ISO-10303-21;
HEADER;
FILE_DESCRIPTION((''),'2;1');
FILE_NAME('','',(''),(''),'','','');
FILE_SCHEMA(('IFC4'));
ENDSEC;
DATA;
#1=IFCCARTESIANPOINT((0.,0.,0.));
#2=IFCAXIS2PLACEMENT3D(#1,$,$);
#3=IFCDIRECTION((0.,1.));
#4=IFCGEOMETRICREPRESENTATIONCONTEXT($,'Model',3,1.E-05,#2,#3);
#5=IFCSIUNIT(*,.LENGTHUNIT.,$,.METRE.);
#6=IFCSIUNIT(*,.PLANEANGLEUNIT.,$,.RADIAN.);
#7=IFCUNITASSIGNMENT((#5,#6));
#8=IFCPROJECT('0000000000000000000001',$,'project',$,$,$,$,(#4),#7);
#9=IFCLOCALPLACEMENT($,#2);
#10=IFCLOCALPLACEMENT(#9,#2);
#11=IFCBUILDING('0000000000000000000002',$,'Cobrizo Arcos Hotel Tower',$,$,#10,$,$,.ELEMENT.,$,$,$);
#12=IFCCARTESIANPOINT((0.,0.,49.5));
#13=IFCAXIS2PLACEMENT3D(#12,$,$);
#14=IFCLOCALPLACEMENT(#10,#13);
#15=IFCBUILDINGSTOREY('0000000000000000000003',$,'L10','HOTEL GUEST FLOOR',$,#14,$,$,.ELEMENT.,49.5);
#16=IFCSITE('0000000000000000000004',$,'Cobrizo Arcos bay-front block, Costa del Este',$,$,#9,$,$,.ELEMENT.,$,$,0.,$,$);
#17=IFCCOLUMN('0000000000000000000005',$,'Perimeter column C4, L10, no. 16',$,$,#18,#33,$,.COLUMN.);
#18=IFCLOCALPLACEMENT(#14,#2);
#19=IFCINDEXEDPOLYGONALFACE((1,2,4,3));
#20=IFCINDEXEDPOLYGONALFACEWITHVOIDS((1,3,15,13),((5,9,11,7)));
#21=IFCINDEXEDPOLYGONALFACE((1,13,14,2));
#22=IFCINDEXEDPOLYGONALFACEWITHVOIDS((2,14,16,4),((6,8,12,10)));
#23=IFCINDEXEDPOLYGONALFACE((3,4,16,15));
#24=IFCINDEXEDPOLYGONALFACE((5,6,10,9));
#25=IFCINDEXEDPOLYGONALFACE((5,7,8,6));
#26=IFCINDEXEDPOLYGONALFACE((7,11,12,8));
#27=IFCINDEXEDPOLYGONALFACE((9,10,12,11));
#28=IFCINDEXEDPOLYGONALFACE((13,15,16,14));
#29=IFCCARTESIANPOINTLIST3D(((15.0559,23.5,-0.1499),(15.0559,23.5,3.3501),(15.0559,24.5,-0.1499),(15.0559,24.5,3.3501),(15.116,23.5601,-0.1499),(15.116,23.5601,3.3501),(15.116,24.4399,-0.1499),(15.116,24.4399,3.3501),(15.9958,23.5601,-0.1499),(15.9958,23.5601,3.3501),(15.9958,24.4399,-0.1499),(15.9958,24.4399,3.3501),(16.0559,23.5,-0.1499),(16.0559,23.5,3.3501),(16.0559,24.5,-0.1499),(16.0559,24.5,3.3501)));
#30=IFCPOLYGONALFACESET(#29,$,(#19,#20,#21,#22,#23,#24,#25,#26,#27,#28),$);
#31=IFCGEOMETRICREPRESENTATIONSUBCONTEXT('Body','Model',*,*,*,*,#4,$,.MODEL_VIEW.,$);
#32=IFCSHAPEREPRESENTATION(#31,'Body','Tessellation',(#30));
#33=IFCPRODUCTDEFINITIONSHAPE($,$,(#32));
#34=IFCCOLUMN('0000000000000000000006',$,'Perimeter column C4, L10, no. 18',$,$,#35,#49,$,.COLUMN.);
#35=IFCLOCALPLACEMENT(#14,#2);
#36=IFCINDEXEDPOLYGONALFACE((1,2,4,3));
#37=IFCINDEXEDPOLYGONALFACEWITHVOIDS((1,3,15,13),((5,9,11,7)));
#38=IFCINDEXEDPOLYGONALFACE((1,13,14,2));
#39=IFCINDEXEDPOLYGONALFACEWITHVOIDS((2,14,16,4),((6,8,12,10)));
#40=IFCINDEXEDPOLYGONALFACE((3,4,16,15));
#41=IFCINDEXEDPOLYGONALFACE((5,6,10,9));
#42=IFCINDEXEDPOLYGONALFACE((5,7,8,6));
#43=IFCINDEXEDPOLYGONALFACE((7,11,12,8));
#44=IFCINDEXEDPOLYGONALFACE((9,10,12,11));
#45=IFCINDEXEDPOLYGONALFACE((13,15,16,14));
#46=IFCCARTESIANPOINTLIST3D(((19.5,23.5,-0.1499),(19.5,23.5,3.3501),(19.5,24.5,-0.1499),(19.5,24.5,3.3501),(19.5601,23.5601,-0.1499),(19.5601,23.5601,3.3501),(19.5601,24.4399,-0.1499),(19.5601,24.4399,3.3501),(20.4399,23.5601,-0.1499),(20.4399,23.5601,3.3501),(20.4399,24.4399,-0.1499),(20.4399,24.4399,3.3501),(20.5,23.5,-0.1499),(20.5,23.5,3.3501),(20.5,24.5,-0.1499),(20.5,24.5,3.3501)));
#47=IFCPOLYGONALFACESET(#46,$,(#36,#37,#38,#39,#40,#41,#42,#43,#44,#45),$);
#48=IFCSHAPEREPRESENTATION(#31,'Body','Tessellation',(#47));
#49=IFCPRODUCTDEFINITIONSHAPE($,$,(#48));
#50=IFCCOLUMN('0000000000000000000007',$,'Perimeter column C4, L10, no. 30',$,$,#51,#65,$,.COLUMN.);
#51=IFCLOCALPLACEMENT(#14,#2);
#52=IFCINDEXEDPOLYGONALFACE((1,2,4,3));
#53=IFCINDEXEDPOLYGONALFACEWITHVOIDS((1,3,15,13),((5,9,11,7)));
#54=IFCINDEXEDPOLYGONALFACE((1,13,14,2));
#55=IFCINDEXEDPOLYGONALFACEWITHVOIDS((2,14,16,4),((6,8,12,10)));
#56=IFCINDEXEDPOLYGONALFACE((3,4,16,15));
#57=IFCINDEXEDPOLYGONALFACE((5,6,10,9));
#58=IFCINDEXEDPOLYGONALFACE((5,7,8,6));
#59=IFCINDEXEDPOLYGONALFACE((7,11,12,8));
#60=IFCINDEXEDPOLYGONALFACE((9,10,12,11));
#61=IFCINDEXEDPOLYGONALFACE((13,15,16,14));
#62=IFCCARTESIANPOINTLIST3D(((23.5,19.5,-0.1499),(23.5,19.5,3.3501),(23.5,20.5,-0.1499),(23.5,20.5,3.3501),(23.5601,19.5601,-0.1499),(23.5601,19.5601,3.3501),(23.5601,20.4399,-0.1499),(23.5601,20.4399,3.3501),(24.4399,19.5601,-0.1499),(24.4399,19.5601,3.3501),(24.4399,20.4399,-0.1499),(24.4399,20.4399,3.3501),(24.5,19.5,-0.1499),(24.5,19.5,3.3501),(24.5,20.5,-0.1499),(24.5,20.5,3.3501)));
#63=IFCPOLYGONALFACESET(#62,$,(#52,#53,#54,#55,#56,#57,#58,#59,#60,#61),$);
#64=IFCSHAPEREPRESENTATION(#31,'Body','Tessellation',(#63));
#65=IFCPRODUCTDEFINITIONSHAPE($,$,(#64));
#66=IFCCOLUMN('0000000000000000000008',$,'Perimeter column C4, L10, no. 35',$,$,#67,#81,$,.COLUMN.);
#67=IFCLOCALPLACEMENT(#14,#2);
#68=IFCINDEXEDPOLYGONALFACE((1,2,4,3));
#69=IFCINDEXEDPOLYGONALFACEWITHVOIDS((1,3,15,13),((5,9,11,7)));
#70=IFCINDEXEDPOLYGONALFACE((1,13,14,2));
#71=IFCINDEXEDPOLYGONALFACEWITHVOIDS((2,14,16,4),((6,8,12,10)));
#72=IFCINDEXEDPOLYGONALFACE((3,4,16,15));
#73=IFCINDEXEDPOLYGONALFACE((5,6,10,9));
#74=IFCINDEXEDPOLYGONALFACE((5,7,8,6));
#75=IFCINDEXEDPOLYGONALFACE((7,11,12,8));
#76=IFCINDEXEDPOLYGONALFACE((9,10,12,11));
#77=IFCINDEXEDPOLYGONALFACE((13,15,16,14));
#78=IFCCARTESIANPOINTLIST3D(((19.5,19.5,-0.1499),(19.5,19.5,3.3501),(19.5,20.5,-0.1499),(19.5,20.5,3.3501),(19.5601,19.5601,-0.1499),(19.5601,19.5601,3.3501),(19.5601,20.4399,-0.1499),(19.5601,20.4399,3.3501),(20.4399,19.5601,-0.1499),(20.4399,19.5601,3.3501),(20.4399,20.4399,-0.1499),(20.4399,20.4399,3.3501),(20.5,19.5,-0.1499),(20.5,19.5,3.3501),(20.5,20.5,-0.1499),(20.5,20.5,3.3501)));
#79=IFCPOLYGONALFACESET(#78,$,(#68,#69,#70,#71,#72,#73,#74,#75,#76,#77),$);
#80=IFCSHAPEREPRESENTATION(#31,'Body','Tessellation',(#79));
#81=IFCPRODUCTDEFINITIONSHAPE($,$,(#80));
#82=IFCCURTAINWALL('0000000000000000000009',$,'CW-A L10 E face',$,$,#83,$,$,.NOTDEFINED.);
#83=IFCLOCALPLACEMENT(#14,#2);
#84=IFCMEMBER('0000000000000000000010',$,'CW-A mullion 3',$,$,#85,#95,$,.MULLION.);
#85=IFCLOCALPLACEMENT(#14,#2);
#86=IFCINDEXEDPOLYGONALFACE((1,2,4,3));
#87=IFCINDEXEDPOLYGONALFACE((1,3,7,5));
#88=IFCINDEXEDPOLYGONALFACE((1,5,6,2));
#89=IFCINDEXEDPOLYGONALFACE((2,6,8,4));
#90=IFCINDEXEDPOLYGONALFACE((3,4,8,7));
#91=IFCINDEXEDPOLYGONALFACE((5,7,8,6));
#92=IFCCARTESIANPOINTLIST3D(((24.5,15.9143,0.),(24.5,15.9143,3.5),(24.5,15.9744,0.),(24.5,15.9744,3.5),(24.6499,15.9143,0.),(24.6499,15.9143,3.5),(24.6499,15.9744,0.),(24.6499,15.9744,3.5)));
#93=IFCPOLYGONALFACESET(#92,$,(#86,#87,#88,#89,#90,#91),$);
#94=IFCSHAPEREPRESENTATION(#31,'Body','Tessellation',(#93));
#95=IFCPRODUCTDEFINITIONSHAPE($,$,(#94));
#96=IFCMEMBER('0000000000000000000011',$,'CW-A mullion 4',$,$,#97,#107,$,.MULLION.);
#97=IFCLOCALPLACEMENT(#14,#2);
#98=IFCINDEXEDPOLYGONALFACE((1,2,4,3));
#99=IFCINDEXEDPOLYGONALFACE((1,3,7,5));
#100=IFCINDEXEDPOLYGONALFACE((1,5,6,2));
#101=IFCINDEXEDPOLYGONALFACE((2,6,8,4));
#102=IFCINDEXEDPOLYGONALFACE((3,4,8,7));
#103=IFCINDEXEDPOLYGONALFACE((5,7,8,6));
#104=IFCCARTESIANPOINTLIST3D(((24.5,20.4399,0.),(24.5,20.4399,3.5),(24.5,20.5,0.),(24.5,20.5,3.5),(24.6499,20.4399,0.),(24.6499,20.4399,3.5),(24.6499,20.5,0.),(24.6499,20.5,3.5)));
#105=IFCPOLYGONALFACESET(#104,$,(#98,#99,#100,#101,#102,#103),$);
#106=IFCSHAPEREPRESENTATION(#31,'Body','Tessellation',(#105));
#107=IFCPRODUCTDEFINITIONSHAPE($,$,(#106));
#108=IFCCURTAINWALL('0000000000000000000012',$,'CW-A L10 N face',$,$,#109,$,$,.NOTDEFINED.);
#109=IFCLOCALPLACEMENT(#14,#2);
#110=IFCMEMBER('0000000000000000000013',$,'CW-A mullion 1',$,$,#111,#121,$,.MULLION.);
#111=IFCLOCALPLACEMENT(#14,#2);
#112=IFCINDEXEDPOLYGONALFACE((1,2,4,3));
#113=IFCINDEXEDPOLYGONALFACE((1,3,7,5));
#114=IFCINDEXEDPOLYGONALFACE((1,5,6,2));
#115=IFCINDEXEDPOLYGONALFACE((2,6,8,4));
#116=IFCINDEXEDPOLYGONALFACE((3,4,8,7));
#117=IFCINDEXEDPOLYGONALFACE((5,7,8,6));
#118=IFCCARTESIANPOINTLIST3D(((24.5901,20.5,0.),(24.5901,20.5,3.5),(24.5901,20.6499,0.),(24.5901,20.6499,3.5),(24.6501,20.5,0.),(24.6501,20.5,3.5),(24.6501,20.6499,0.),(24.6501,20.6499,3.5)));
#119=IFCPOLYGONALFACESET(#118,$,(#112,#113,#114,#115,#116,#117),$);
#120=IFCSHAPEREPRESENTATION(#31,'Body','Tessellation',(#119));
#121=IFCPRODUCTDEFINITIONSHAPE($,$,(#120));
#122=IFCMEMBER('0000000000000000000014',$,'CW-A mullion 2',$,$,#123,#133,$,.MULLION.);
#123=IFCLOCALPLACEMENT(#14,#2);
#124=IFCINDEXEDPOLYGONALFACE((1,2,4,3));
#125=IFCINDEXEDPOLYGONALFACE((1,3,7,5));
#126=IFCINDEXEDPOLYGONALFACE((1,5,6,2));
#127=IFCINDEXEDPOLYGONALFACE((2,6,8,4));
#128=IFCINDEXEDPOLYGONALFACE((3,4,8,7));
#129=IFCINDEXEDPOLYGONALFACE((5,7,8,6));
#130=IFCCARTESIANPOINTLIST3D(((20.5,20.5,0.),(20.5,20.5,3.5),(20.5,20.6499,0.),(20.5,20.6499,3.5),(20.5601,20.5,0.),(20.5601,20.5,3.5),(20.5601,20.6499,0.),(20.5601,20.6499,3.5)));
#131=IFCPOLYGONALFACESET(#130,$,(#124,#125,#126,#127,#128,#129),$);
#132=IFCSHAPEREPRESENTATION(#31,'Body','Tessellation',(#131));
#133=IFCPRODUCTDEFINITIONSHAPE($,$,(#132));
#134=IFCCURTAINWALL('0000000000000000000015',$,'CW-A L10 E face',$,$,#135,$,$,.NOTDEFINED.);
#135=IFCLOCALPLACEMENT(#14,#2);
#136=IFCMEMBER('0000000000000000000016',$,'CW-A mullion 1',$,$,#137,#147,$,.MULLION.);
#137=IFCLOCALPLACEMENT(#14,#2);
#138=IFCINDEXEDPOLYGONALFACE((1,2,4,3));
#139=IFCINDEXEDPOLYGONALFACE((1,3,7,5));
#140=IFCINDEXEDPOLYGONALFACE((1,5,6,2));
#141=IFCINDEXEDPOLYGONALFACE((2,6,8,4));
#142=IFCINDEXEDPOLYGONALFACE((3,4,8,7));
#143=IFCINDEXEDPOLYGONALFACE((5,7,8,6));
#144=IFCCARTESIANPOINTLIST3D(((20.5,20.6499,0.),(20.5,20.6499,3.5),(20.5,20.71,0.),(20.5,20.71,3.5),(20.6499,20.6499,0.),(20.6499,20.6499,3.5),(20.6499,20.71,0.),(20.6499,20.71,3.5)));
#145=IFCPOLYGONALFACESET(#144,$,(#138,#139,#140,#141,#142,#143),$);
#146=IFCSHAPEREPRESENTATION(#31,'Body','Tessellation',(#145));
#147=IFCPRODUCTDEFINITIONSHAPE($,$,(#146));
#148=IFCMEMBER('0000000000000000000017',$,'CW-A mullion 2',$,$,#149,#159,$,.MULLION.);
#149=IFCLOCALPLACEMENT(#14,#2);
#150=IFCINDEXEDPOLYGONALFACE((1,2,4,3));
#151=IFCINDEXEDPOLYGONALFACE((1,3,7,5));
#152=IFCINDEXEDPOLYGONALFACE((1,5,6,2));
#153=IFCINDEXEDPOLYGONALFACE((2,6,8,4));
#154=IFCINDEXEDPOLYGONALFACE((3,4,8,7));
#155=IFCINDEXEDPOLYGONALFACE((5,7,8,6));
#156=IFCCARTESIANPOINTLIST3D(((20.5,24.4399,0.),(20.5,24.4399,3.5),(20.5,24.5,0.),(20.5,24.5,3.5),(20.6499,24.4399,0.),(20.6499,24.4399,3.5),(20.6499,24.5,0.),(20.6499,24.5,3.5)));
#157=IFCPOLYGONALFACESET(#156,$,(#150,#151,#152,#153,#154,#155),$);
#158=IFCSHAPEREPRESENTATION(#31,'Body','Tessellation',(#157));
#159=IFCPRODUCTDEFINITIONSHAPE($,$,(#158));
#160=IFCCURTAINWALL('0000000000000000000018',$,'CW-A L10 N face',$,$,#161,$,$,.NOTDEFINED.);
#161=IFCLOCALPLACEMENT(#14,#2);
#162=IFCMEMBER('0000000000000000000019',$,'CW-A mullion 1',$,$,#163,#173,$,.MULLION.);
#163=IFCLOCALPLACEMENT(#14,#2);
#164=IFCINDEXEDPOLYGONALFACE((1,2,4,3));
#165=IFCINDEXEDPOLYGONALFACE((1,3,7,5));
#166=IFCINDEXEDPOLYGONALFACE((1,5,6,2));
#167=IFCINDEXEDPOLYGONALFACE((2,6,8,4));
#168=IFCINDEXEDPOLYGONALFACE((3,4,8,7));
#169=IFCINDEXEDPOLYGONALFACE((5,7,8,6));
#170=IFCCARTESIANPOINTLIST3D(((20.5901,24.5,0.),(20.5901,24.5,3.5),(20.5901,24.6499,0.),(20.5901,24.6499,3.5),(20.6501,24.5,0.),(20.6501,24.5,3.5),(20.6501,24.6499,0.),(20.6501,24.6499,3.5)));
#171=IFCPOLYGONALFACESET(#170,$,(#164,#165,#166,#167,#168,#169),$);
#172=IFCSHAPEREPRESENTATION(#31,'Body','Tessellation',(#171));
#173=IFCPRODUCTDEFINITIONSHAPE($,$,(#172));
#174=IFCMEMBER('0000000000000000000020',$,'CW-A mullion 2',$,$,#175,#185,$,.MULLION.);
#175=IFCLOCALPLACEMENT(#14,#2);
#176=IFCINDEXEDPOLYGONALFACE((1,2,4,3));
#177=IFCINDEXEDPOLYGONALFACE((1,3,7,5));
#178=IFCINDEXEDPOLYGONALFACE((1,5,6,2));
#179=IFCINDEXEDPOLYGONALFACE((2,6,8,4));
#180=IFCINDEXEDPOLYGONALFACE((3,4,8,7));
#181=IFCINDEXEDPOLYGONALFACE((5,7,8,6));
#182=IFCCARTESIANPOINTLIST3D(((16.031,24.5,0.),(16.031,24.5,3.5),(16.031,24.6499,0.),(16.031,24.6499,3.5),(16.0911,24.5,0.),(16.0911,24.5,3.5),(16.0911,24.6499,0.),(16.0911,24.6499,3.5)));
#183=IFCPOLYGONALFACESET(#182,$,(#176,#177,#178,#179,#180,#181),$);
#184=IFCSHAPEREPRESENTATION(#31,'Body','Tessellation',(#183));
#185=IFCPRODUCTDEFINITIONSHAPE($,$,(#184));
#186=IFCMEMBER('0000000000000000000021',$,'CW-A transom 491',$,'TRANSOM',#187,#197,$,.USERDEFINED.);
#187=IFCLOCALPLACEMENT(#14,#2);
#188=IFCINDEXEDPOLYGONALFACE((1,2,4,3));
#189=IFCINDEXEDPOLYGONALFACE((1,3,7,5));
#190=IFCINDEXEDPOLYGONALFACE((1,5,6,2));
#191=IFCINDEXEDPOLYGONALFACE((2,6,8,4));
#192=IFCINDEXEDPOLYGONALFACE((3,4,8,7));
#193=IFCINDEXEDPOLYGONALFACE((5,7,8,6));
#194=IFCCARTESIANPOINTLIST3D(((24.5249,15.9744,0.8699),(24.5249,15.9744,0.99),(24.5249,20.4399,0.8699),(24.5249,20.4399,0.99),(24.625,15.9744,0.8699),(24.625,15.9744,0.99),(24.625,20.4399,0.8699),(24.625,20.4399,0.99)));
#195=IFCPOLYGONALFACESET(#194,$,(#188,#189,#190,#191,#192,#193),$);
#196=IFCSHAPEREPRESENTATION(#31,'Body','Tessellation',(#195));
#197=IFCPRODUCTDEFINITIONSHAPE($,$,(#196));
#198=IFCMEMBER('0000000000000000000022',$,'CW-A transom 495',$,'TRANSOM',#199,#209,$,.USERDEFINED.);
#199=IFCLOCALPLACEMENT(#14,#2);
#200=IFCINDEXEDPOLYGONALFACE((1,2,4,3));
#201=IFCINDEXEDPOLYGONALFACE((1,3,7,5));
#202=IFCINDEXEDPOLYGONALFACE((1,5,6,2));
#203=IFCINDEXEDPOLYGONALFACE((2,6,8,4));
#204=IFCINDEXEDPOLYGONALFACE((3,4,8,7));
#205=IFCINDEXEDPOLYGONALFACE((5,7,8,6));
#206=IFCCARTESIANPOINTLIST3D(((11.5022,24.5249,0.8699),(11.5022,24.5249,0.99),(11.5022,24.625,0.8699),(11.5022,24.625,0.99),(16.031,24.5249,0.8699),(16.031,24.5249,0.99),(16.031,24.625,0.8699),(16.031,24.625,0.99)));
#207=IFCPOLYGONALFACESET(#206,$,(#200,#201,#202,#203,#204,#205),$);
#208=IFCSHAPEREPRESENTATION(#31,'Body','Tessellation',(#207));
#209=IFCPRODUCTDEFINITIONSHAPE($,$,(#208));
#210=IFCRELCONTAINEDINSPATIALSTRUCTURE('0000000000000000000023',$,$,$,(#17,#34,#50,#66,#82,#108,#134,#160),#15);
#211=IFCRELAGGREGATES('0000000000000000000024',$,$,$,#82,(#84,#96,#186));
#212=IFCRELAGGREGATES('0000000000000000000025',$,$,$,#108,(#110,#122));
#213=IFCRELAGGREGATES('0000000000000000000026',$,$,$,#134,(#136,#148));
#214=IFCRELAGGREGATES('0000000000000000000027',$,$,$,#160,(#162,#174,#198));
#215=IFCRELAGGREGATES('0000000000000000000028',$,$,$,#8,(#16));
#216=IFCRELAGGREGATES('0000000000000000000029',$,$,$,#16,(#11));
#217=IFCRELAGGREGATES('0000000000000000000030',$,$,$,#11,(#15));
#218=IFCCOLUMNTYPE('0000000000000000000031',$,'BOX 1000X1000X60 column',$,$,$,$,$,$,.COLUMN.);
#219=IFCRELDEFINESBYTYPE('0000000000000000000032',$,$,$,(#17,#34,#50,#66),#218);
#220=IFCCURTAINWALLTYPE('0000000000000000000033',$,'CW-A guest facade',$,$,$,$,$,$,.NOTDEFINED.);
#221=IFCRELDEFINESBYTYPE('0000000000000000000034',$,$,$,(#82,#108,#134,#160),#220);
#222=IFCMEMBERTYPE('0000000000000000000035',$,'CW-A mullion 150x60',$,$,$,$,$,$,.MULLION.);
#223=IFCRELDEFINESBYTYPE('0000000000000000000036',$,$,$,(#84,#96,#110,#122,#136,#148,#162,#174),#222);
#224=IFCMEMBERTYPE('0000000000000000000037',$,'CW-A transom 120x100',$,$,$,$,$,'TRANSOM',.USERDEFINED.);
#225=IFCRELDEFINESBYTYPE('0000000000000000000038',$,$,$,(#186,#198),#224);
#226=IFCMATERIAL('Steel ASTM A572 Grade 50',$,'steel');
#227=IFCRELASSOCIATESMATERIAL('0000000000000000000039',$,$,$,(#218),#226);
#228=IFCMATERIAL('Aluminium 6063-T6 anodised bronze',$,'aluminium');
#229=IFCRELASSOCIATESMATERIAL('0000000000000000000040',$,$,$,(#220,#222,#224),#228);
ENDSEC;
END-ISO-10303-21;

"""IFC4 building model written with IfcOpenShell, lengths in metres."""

from ifc_helpers import new_model, si_unit, direction, frame, origin, origin_2d, place, context, subcontext, project, spatial, rectangle, hollow_rectangle, extrude, material, material_profile, profile_set, type_object, element, aggregate, save


model = new_model("IFC4")

# Units and contexts
model_context = context("Model", 3, precision=1e-05, world=origin(), true_north=direction((0.0, 1.0)))
body_context = subcontext(model_context, "Body", "Model", "MODEL_VIEW")
ifc_project = project(units=[si_unit("LENGTHUNIT", "METRE"), si_unit("PLANEANGLEUNIT", "RADIAN")], contexts=[model_context])

# Site, building, storey
site_placement = place(None, origin())
site = spatial("IfcSite", under=ifc_project, at=site_placement, Name="Cobrizo Arcos bay-front block, Costa del Este", CompositionType="ELEMENT", RefElevation=0.0)
building_placement = place(site_placement, origin())
building = spatial("IfcBuilding", under=site, at=building_placement, Name="Cobrizo Arcos Hotel Tower", CompositionType="ELEMENT")
storey_placement = place(building_placement, frame((0.0, 0.0, 49.5)))
storey = spatial("IfcBuildingStorey", under=building, at=storey_placement, Name="L10", Description="HOTEL GUEST FLOOR", CompositionType="ELEMENT", Elevation=49.5)

# Columns
ifc_material_1 = material(Name="Steel ASTM A572 Grade 50", Category="steel")
ifc_material_profile_1 = material_profile(ifc_material_1, hollow_rectangle(XDim=1.0, YDim=1.0, WallThickness=0.0601, at=origin_2d()), Name="BOX 1000X1000X60")
ifc_profile_set_1 = profile_set([ifc_material_profile_1], Name="Steel ASTM A572 Grade 50")
column_type = type_object("IfcColumnType", Name="BOX 1000X1000X60 column", PredefinedType="COLUMN", material=ifc_profile_set_1)
for number, where, z_axis, x_axis, name in (
    (1, (15.5559, 24.0, -0.1499), (0.0, 0.0, 1.0), (1.0, 0.0, 0.0), "Perimeter column C4, L10, no. 16"),
    (2, (20.0, 24.0, -0.1499), (0.0, 0.0, 1.0), (1.0, 0.0, 0.0), "Perimeter column C4, L10, no. 18"),
    (3, (24.0, 20.0, -0.1499), (0.0, 0.0, 1.0), (1.0, 0.0, 0.0), "Perimeter column C4, L10, no. 30"),
    (4, (20.0, 20.0, -0.1499), (0.0, 0.0, 1.0), (1.0, 0.0, 0.0), "Perimeter column C4, L10, no. 35"),
):
    element("IfcColumn", number, at=place(storey_placement, frame(where, z_axis=z_axis, x_axis=x_axis)), inside=storey, type_object=column_type, Name=name, PredefinedType="COLUMN", context=body_context, shape_type="SweptSolid", body=[
        extrude(hollow_rectangle(XDim=1.0, YDim=1.0, WallThickness=0.0601, at=origin_2d()), origin(), (0.0, 0.0, 1.0), 3.5),
    ])

# Curtain walls, members
ifc_material_2 = material(Name="Aluminium 6063-T6 anodised bronze", Category="aluminium")
curtain_wall_type = type_object("IfcCurtainWallType", Name="CW-A guest facade", PredefinedType="NOTDEFINED", material=ifc_material_2)
curtain_wall_1_placement = place(storey_placement, origin())
curtain_wall_1 = element("IfcCurtainWall", 5, at=curtain_wall_1_placement, inside=storey, type_object=curtain_wall_type, Name="CW-A L10 E face", PredefinedType="NOTDEFINED")
ifc_material_profile_2 = material_profile(ifc_material_2, rectangle(XDim=0.1499, YDim=0.0601, at=origin_2d()), Name="CW-A mullion 150x60")
ifc_profile_set_2 = profile_set([ifc_material_profile_2], Name="Aluminium 6063-T6 anodised bronze")
member_type_1 = type_object("IfcMemberType", Name="CW-A mullion 150x60", PredefinedType="MULLION", material=ifc_profile_set_2)
member_1_placement = place(storey_placement, frame((24.575, 15.9443, 0.0), z_axis=(0.0, 0.0, 1.0), x_axis=(1.0, 0.0, 0.0)))
member_1 = element("IfcMember", 6, at=member_1_placement, type_object=member_type_1, Name="CW-A mullion 3", PredefinedType="MULLION", context=body_context, shape_type="SweptSolid", body=[
    extrude(rectangle(XDim=0.1499, YDim=0.0601, at=origin_2d()), origin(), (0.0, 0.0, 1.0), 3.5),
])
member_2_placement = place(storey_placement, frame((24.575, 20.47, 0.0), z_axis=(0.0, 0.0, 1.0), x_axis=(1.0, 0.0, 0.0)))
member_2 = element("IfcMember", 7, at=member_2_placement, type_object=member_type_1, Name="CW-A mullion 4", PredefinedType="MULLION", context=body_context, shape_type="SweptSolid", body=[
    extrude(rectangle(XDim=0.1499, YDim=0.0601, at=origin_2d()), origin(), (0.0, 0.0, 1.0), 3.5),
])
curtain_wall_2_placement = place(storey_placement, origin())
curtain_wall_2 = element("IfcCurtainWall", 8, at=curtain_wall_2_placement, inside=storey, type_object=curtain_wall_type, Name="CW-A L10 N face", PredefinedType="NOTDEFINED")
member_3_placement = place(storey_placement, frame((24.6201, 20.575, 0.0), z_axis=(0.0, 0.0, 1.0), x_axis=(0.0, 1.0, 0.0)))
member_3 = element("IfcMember", 9, at=member_3_placement, type_object=member_type_1, Name="CW-A mullion 1", PredefinedType="MULLION", context=body_context, shape_type="SweptSolid", body=[
    extrude(rectangle(XDim=0.1499, YDim=0.0601, at=origin_2d()), origin(), (0.0, 0.0, 1.0), 3.5),
])
member_4_placement = place(storey_placement, frame((20.53, 20.575, 0.0), z_axis=(0.0, 0.0, 1.0), x_axis=(0.0, 1.0, 0.0)))
member_4 = element("IfcMember", 10, at=member_4_placement, type_object=member_type_1, Name="CW-A mullion 2", PredefinedType="MULLION", context=body_context, shape_type="SweptSolid", body=[
    extrude(rectangle(XDim=0.1499, YDim=0.0601, at=origin_2d()), origin(), (0.0, 0.0, 1.0), 3.5),
])
curtain_wall_3_placement = place(storey_placement, origin())
curtain_wall_3 = element("IfcCurtainWall", 11, at=curtain_wall_3_placement, inside=storey, type_object=curtain_wall_type, Name="CW-A L10 E face", PredefinedType="NOTDEFINED")
member_5_placement = place(storey_placement, frame((20.575, 20.6799, 0.0), z_axis=(0.0, 0.0, 1.0), x_axis=(1.0, 0.0, 0.0)))
member_5 = element("IfcMember", 12, at=member_5_placement, type_object=member_type_1, Name="CW-A mullion 1", PredefinedType="MULLION", context=body_context, shape_type="SweptSolid", body=[
    extrude(rectangle(XDim=0.1499, YDim=0.0601, at=origin_2d()), origin(), (0.0, 0.0, 1.0), 3.5),
])
member_6_placement = place(storey_placement, frame((20.575, 24.47, 0.0), z_axis=(0.0, 0.0, 1.0), x_axis=(1.0, 0.0, 0.0)))
member_6 = element("IfcMember", 13, at=member_6_placement, type_object=member_type_1, Name="CW-A mullion 2", PredefinedType="MULLION", context=body_context, shape_type="SweptSolid", body=[
    extrude(rectangle(XDim=0.1499, YDim=0.0601, at=origin_2d()), origin(), (0.0, 0.0, 1.0), 3.5),
])
curtain_wall_4_placement = place(storey_placement, origin())
curtain_wall_4 = element("IfcCurtainWall", 14, at=curtain_wall_4_placement, inside=storey, type_object=curtain_wall_type, Name="CW-A L10 N face", PredefinedType="NOTDEFINED")
member_7_placement = place(storey_placement, frame((20.6201, 24.575, 0.0), z_axis=(0.0, 0.0, 1.0), x_axis=(0.0, 1.0, 0.0)))
member_7 = element("IfcMember", 15, at=member_7_placement, type_object=member_type_1, Name="CW-A mullion 1", PredefinedType="MULLION", context=body_context, shape_type="SweptSolid", body=[
    extrude(rectangle(XDim=0.1499, YDim=0.0601, at=origin_2d()), origin(), (0.0, 0.0, 1.0), 3.5),
])
member_8_placement = place(storey_placement, frame((16.061, 24.575, 0.0), z_axis=(0.0, 0.0, 1.0), x_axis=(0.0, 1.0, 0.0)))
member_8 = element("IfcMember", 16, at=member_8_placement, type_object=member_type_1, Name="CW-A mullion 2", PredefinedType="MULLION", context=body_context, shape_type="SweptSolid", body=[
    extrude(rectangle(XDim=0.1499, YDim=0.0601, at=origin_2d()), origin(), (0.0, 0.0, 1.0), 3.5),
])

# Members
ifc_material_profile_3 = material_profile(ifc_material_2, rectangle(XDim=0.1001, YDim=0.1201, at=origin_2d()), Name="CW-A transom 120x100")
ifc_profile_set_3 = profile_set([ifc_material_profile_3], Name="Aluminium 6063-T6 anodised bronze")
member_type_2 = type_object("IfcMemberType", Name="CW-A transom 120x100", ElementType="TRANSOM", PredefinedType="USERDEFINED", material=ifc_profile_set_3)
member_9_placement = place(storey_placement, frame((24.575, 15.9744, 0.9299), z_axis=(0.0, 1.0, 0.0), x_axis=(-1.0, 0.0, 0.0)))
member_9 = element("IfcMember", 17, at=member_9_placement, type_object=member_type_2, Name="CW-A transom 491", ObjectType="TRANSOM", PredefinedType="USERDEFINED", context=body_context, shape_type="SweptSolid", body=[
    extrude(rectangle(XDim=0.1001, YDim=0.1201, at=origin_2d()), origin(), (0.0, 0.0, 1.0), 4.4656),
])
member_10_placement = place(storey_placement, frame((16.031, 24.575, 0.9299), z_axis=(-1.0, 0.0, 0.0), x_axis=(0.0, -1.0, 0.0)))
member_10 = element("IfcMember", 18, at=member_10_placement, type_object=member_type_2, Name="CW-A transom 495", ObjectType="TRANSOM", PredefinedType="USERDEFINED", context=body_context, shape_type="SweptSolid", body=[
    extrude(rectangle(XDim=0.1001, YDim=0.1201, at=origin_2d()), origin(), (0.0, 0.0, 1.0), 4.5288),
])

aggregate(curtain_wall_1, [member_1, member_2, member_9])
aggregate(curtain_wall_2, [member_3, member_4])
aggregate(curtain_wall_3, [member_5, member_6])
aggregate(curtain_wall_4, [member_7, member_8, member_10])

save(model, "model.ifc")
